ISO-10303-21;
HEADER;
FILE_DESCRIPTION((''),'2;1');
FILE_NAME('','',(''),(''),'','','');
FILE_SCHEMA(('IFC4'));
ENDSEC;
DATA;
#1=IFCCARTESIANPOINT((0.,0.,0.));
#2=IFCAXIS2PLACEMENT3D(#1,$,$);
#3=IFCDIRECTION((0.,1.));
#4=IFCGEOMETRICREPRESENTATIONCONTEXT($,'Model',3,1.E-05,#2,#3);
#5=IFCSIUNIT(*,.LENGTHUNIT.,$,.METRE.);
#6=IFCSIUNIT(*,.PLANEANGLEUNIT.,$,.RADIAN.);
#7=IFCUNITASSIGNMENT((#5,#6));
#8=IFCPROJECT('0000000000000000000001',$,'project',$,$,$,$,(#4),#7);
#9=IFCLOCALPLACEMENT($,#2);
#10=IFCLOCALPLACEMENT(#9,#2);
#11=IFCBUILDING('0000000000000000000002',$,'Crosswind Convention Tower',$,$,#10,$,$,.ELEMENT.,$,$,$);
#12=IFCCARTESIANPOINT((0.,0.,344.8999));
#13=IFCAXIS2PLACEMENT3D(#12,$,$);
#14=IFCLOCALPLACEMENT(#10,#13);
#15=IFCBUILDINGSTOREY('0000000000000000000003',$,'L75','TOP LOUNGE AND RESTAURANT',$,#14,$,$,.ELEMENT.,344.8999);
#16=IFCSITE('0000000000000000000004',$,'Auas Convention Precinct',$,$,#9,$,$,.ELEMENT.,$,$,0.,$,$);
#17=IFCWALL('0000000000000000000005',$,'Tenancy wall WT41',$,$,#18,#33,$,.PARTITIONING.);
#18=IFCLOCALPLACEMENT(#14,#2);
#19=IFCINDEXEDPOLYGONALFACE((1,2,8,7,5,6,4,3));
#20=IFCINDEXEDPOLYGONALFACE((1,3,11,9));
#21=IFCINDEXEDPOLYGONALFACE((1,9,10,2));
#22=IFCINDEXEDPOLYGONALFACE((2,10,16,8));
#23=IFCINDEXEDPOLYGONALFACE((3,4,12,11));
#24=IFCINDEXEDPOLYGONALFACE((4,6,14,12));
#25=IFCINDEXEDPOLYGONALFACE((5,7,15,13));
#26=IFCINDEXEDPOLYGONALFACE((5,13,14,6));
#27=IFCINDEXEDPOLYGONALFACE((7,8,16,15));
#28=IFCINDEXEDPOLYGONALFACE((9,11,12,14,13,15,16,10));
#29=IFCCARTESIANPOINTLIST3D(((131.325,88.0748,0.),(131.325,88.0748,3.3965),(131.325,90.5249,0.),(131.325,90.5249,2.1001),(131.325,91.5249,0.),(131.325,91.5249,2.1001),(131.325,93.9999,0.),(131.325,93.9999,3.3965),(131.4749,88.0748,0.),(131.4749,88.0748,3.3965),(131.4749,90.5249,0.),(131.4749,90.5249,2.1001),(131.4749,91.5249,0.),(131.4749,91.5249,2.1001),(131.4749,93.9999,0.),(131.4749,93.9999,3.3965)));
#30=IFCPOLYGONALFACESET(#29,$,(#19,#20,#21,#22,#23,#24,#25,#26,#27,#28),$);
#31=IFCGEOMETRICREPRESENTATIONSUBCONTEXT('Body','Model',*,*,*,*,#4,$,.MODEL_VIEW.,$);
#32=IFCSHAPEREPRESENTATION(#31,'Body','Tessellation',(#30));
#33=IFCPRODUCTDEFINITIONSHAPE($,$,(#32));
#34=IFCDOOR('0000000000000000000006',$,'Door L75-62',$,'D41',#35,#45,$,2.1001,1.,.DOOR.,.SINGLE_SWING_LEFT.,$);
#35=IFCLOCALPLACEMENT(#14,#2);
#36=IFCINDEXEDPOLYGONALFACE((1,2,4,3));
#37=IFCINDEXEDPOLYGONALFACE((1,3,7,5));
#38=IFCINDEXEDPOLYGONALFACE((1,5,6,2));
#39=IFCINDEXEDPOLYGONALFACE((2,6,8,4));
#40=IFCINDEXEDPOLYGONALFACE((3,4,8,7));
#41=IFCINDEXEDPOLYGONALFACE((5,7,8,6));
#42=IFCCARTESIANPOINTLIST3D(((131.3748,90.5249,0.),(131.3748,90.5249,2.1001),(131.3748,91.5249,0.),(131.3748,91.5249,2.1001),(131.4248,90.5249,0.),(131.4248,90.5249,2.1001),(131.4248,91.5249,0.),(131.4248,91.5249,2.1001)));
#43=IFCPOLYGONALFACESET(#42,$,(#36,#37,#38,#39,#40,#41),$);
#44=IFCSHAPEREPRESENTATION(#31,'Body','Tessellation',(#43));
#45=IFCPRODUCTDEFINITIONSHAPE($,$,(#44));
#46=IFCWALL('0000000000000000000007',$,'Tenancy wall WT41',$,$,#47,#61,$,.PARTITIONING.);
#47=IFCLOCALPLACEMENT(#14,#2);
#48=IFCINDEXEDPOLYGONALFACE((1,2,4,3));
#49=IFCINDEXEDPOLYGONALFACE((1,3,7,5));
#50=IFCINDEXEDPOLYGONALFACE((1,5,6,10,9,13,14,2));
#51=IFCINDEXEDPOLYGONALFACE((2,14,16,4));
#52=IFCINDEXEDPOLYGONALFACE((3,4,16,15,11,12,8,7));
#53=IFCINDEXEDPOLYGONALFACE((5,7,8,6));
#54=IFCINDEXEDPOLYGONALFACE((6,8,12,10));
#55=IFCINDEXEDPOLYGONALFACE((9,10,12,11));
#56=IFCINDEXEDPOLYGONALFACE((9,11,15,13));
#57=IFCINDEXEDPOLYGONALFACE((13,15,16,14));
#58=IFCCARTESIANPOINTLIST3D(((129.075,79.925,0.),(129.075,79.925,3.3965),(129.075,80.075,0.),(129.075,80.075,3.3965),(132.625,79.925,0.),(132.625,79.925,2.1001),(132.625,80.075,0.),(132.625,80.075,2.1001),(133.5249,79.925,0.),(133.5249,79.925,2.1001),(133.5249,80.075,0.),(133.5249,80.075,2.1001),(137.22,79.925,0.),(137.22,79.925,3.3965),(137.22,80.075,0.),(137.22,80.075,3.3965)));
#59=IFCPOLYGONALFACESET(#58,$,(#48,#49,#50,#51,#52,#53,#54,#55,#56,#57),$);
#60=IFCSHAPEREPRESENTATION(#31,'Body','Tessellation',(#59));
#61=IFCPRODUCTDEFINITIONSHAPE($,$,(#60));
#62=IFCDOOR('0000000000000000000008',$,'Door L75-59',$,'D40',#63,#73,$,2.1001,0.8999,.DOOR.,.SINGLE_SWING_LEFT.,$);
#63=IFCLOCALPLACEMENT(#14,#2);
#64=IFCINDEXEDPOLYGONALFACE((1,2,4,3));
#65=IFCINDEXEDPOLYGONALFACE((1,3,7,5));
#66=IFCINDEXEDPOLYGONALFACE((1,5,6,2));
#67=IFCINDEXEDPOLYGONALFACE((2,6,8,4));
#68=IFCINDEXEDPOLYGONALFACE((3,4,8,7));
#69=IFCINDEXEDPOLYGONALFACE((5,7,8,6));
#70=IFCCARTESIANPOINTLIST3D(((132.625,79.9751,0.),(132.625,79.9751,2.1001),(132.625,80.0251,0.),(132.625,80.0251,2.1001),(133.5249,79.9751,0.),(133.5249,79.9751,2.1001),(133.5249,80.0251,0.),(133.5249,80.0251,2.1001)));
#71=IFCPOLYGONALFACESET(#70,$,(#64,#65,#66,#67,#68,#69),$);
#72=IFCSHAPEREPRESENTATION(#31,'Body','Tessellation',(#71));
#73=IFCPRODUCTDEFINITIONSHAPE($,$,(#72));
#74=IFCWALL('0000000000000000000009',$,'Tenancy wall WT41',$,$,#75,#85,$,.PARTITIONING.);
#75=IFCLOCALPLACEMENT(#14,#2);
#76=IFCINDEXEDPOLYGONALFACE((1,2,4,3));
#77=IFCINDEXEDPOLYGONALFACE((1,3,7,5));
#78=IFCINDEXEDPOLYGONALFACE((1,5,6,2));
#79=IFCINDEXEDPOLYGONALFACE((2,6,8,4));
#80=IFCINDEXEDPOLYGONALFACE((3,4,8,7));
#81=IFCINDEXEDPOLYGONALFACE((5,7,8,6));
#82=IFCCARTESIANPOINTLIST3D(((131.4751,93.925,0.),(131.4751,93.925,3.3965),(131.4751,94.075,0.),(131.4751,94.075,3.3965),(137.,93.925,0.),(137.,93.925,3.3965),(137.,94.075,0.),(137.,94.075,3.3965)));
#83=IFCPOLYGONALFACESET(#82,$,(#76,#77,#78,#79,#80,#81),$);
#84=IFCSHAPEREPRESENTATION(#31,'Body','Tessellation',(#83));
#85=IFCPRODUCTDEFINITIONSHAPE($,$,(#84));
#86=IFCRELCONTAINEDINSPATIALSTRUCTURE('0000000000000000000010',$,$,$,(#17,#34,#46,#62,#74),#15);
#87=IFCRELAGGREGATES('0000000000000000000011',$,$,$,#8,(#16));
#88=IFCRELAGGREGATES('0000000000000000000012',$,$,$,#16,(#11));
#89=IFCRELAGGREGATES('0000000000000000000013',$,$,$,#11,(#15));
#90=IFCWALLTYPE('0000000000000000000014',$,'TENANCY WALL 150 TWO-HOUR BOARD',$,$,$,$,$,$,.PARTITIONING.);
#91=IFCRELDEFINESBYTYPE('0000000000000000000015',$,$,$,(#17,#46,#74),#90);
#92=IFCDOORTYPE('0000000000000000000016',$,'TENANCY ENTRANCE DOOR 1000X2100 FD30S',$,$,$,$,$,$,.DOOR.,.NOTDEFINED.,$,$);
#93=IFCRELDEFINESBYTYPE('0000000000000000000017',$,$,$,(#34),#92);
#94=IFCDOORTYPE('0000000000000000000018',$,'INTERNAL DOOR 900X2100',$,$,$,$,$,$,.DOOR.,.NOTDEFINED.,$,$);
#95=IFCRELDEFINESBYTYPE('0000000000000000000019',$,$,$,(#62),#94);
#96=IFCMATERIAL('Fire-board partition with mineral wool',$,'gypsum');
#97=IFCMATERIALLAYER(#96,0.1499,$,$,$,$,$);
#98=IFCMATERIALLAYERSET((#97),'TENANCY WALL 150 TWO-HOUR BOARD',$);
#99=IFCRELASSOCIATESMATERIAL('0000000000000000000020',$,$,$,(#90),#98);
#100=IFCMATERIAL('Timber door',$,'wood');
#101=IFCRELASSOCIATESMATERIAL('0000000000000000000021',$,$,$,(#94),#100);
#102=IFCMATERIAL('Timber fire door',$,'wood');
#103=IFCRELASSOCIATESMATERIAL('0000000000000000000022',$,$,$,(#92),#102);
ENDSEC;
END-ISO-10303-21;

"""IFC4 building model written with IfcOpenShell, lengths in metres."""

from ifc_helpers import new_model, si_unit, direction, frame, frame_2d, origin, place, context, subcontext, project, spatial, rectangle, extrude, material, layer, layer_set, type_object, element, fill, save


model = new_model("IFC4")

# Units and contexts
model_context = context("Model", 3, precision=1e-05, world=origin(), true_north=direction((0.0, 1.0)))
body_context = subcontext(model_context, "Body", "Model", "MODEL_VIEW")
ifc_project = project(units=[si_unit("LENGTHUNIT", "METRE"), si_unit("PLANEANGLEUNIT", "RADIAN")], contexts=[model_context])

# Site, building, storey
site_placement = place(None, origin())
site = spatial("IfcSite", under=ifc_project, at=site_placement, Name="Auas Convention Precinct", CompositionType="ELEMENT", RefElevation=0.0)
building_placement = place(site_placement, origin())
building = spatial("IfcBuilding", under=site, at=building_placement, Name="Crosswind Convention Tower", CompositionType="ELEMENT")
storey_placement = place(building_placement, frame((0.0, 0.0, 344.8999)))
storey = spatial("IfcBuildingStorey", under=building, at=storey_placement, Name="L75", Description="TOP LOUNGE AND RESTAURANT", CompositionType="ELEMENT", Elevation=344.8999)

# Walls, openings, doors
ifc_material_1 = material(Name="Fire-board partition with mineral wool", Category="gypsum")
ifc_layer_1 = layer(ifc_material_1, 0.1499)
ifc_layer_set_1 = layer_set([ifc_layer_1], Name="TENANCY WALL 150 TWO-HOUR BOARD")
wall_type = type_object("IfcWallType", Name="TENANCY WALL 150 TWO-HOUR BOARD", PredefinedType="PARTITIONING", material=ifc_layer_set_1)
ifc_material_2 = material(Name="Timber door", Category="wood")
door_type_1 = type_object("IfcDoorType", Name="INTERNAL DOOR 900X2100", OperationType="NOTDEFINED", PredefinedType="DOOR", material=ifc_material_2)
wall_1_placement = place(storey_placement, frame((131.3999, 88.075, 0.0), z_axis=(0.0, 0.0, 1.0), x_axis=(0.0, 1.0, 0.0)))
wall_1 = element("IfcWall", 1, at=wall_1_placement, inside=storey, type_object=wall_type, Name="Tenancy wall WT41", PredefinedType="PARTITIONING", context=body_context, shape_type="SweptSolid", body=[
    extrude(rectangle(XDim=5.925, YDim=0.1499, at=frame_2d((2.9624, 0.0))), origin(), (0.0, 0.0, 1.0), 3.3965),
])
opening_1_placement = place(wall_1_placement, frame((2.45, 0.0, 0.0)))
opening_1 = element("IfcOpeningElement", 2, at=opening_1_placement, cuts=wall_1, PredefinedType="OPENING", context=body_context, shape_type="SweptSolid", body=[
    extrude(rectangle(XDim=1.0, YDim=2.1001, at=frame_2d((0.5, 1.05))), frame((0.0, 0.085, 0.0), z_axis=(0.0, -1.0, 0.0), x_axis=(1.0, 0.0, 0.0)), (0.0, 0.0, 1.0), 0.1699),
])
ifc_material_3 = material(Name="Timber fire door", Category="wood")
door_type_2 = type_object("IfcDoorType", Name="TENANCY ENTRANCE DOOR 1000X2100 FD30S", OperationType="NOTDEFINED", PredefinedType="DOOR", material=ifc_material_3)
door_1_placement = place(opening_1_placement, frame((1.0, 0.0, 0.0), z_axis=(0.0, 0.0, 1.0), x_axis=(-1.0, 0.0, 0.0)))
door_1 = element("IfcDoor", 3, at=door_1_placement, inside=storey, type_object=door_type_2, Name="Door L75-62", ObjectType="D41", OperationType="SINGLE_SWING_LEFT", OverallHeight=2.1001, OverallWidth=1.0, PredefinedType="DOOR", context=body_context, shape_type="SweptSolid", body=[
    extrude(rectangle(XDim=1.0, YDim=2.1001, at=frame_2d((0.5, 1.05))), frame((0.0, 0.0249, 0.0), z_axis=(0.0, -1.0, 0.0), x_axis=(1.0, 0.0, 0.0)), (0.0, 0.0, 1.0), 0.05),
])
fill(opening_1, door_1)
wall_2_placement = place(storey_placement, frame((129.075, 80.0, 0.0), z_axis=(0.0, 0.0, 1.0), x_axis=(1.0, 0.0, 0.0)))
wall_2 = element("IfcWall", 4, at=wall_2_placement, inside=storey, type_object=wall_type, Name="Tenancy wall WT41", PredefinedType="PARTITIONING", context=body_context, shape_type="SweptSolid", body=[
    extrude(rectangle(XDim=8.145, YDim=0.1499, at=frame_2d((4.0725, 0.0))), origin(), (0.0, 0.0, 1.0), 3.3965),
])
opening_2_placement = place(wall_2_placement, frame((3.55, 0.0, 0.0)))
opening_2 = element("IfcOpeningElement", 5, at=opening_2_placement, cuts=wall_2, PredefinedType="OPENING", context=body_context, shape_type="SweptSolid", body=[
    extrude(rectangle(XDim=0.8999, YDim=2.1001, at=frame_2d((0.45, 1.05))), frame((0.0, 0.085, 0.0), z_axis=(0.0, -1.0, 0.0), x_axis=(1.0, 0.0, 0.0)), (0.0, 0.0, 1.0), 0.1699),
])
door_2_placement = place(opening_2_placement, frame((0.8999, 0.0, 0.0), z_axis=(0.0, 0.0, 1.0), x_axis=(-1.0, 0.0, 0.0)))
door_2 = element("IfcDoor", 6, at=door_2_placement, inside=storey, type_object=door_type_1, Name="Door L75-59", ObjectType="D40", OperationType="SINGLE_SWING_LEFT", OverallHeight=2.1001, OverallWidth=0.8999, PredefinedType="DOOR", context=body_context, shape_type="SweptSolid", body=[
    extrude(rectangle(XDim=0.8999, YDim=2.1001, at=frame_2d((0.45, 1.05))), frame((0.0, 0.0249, 0.0), z_axis=(0.0, -1.0, 0.0), x_axis=(1.0, 0.0, 0.0)), (0.0, 0.0, 1.0), 0.05),
])
fill(opening_2, door_2)

# Wall
wall_3_placement = place(storey_placement, frame((131.4751, 94.0, 0.0), z_axis=(0.0, 0.0, 1.0), x_axis=(1.0, 0.0, 0.0)))
element("IfcWall", 7, at=wall_3_placement, inside=storey, type_object=wall_type, Name="Tenancy wall WT41", PredefinedType="PARTITIONING", context=body_context, shape_type="SweptSolid", body=[
    extrude(rectangle(XDim=5.5249, YDim=0.1499, at=frame_2d((2.7625, 0.0))), origin(), (0.0, 0.0, 1.0), 3.3965),
])

save(model, "model.ifc")
